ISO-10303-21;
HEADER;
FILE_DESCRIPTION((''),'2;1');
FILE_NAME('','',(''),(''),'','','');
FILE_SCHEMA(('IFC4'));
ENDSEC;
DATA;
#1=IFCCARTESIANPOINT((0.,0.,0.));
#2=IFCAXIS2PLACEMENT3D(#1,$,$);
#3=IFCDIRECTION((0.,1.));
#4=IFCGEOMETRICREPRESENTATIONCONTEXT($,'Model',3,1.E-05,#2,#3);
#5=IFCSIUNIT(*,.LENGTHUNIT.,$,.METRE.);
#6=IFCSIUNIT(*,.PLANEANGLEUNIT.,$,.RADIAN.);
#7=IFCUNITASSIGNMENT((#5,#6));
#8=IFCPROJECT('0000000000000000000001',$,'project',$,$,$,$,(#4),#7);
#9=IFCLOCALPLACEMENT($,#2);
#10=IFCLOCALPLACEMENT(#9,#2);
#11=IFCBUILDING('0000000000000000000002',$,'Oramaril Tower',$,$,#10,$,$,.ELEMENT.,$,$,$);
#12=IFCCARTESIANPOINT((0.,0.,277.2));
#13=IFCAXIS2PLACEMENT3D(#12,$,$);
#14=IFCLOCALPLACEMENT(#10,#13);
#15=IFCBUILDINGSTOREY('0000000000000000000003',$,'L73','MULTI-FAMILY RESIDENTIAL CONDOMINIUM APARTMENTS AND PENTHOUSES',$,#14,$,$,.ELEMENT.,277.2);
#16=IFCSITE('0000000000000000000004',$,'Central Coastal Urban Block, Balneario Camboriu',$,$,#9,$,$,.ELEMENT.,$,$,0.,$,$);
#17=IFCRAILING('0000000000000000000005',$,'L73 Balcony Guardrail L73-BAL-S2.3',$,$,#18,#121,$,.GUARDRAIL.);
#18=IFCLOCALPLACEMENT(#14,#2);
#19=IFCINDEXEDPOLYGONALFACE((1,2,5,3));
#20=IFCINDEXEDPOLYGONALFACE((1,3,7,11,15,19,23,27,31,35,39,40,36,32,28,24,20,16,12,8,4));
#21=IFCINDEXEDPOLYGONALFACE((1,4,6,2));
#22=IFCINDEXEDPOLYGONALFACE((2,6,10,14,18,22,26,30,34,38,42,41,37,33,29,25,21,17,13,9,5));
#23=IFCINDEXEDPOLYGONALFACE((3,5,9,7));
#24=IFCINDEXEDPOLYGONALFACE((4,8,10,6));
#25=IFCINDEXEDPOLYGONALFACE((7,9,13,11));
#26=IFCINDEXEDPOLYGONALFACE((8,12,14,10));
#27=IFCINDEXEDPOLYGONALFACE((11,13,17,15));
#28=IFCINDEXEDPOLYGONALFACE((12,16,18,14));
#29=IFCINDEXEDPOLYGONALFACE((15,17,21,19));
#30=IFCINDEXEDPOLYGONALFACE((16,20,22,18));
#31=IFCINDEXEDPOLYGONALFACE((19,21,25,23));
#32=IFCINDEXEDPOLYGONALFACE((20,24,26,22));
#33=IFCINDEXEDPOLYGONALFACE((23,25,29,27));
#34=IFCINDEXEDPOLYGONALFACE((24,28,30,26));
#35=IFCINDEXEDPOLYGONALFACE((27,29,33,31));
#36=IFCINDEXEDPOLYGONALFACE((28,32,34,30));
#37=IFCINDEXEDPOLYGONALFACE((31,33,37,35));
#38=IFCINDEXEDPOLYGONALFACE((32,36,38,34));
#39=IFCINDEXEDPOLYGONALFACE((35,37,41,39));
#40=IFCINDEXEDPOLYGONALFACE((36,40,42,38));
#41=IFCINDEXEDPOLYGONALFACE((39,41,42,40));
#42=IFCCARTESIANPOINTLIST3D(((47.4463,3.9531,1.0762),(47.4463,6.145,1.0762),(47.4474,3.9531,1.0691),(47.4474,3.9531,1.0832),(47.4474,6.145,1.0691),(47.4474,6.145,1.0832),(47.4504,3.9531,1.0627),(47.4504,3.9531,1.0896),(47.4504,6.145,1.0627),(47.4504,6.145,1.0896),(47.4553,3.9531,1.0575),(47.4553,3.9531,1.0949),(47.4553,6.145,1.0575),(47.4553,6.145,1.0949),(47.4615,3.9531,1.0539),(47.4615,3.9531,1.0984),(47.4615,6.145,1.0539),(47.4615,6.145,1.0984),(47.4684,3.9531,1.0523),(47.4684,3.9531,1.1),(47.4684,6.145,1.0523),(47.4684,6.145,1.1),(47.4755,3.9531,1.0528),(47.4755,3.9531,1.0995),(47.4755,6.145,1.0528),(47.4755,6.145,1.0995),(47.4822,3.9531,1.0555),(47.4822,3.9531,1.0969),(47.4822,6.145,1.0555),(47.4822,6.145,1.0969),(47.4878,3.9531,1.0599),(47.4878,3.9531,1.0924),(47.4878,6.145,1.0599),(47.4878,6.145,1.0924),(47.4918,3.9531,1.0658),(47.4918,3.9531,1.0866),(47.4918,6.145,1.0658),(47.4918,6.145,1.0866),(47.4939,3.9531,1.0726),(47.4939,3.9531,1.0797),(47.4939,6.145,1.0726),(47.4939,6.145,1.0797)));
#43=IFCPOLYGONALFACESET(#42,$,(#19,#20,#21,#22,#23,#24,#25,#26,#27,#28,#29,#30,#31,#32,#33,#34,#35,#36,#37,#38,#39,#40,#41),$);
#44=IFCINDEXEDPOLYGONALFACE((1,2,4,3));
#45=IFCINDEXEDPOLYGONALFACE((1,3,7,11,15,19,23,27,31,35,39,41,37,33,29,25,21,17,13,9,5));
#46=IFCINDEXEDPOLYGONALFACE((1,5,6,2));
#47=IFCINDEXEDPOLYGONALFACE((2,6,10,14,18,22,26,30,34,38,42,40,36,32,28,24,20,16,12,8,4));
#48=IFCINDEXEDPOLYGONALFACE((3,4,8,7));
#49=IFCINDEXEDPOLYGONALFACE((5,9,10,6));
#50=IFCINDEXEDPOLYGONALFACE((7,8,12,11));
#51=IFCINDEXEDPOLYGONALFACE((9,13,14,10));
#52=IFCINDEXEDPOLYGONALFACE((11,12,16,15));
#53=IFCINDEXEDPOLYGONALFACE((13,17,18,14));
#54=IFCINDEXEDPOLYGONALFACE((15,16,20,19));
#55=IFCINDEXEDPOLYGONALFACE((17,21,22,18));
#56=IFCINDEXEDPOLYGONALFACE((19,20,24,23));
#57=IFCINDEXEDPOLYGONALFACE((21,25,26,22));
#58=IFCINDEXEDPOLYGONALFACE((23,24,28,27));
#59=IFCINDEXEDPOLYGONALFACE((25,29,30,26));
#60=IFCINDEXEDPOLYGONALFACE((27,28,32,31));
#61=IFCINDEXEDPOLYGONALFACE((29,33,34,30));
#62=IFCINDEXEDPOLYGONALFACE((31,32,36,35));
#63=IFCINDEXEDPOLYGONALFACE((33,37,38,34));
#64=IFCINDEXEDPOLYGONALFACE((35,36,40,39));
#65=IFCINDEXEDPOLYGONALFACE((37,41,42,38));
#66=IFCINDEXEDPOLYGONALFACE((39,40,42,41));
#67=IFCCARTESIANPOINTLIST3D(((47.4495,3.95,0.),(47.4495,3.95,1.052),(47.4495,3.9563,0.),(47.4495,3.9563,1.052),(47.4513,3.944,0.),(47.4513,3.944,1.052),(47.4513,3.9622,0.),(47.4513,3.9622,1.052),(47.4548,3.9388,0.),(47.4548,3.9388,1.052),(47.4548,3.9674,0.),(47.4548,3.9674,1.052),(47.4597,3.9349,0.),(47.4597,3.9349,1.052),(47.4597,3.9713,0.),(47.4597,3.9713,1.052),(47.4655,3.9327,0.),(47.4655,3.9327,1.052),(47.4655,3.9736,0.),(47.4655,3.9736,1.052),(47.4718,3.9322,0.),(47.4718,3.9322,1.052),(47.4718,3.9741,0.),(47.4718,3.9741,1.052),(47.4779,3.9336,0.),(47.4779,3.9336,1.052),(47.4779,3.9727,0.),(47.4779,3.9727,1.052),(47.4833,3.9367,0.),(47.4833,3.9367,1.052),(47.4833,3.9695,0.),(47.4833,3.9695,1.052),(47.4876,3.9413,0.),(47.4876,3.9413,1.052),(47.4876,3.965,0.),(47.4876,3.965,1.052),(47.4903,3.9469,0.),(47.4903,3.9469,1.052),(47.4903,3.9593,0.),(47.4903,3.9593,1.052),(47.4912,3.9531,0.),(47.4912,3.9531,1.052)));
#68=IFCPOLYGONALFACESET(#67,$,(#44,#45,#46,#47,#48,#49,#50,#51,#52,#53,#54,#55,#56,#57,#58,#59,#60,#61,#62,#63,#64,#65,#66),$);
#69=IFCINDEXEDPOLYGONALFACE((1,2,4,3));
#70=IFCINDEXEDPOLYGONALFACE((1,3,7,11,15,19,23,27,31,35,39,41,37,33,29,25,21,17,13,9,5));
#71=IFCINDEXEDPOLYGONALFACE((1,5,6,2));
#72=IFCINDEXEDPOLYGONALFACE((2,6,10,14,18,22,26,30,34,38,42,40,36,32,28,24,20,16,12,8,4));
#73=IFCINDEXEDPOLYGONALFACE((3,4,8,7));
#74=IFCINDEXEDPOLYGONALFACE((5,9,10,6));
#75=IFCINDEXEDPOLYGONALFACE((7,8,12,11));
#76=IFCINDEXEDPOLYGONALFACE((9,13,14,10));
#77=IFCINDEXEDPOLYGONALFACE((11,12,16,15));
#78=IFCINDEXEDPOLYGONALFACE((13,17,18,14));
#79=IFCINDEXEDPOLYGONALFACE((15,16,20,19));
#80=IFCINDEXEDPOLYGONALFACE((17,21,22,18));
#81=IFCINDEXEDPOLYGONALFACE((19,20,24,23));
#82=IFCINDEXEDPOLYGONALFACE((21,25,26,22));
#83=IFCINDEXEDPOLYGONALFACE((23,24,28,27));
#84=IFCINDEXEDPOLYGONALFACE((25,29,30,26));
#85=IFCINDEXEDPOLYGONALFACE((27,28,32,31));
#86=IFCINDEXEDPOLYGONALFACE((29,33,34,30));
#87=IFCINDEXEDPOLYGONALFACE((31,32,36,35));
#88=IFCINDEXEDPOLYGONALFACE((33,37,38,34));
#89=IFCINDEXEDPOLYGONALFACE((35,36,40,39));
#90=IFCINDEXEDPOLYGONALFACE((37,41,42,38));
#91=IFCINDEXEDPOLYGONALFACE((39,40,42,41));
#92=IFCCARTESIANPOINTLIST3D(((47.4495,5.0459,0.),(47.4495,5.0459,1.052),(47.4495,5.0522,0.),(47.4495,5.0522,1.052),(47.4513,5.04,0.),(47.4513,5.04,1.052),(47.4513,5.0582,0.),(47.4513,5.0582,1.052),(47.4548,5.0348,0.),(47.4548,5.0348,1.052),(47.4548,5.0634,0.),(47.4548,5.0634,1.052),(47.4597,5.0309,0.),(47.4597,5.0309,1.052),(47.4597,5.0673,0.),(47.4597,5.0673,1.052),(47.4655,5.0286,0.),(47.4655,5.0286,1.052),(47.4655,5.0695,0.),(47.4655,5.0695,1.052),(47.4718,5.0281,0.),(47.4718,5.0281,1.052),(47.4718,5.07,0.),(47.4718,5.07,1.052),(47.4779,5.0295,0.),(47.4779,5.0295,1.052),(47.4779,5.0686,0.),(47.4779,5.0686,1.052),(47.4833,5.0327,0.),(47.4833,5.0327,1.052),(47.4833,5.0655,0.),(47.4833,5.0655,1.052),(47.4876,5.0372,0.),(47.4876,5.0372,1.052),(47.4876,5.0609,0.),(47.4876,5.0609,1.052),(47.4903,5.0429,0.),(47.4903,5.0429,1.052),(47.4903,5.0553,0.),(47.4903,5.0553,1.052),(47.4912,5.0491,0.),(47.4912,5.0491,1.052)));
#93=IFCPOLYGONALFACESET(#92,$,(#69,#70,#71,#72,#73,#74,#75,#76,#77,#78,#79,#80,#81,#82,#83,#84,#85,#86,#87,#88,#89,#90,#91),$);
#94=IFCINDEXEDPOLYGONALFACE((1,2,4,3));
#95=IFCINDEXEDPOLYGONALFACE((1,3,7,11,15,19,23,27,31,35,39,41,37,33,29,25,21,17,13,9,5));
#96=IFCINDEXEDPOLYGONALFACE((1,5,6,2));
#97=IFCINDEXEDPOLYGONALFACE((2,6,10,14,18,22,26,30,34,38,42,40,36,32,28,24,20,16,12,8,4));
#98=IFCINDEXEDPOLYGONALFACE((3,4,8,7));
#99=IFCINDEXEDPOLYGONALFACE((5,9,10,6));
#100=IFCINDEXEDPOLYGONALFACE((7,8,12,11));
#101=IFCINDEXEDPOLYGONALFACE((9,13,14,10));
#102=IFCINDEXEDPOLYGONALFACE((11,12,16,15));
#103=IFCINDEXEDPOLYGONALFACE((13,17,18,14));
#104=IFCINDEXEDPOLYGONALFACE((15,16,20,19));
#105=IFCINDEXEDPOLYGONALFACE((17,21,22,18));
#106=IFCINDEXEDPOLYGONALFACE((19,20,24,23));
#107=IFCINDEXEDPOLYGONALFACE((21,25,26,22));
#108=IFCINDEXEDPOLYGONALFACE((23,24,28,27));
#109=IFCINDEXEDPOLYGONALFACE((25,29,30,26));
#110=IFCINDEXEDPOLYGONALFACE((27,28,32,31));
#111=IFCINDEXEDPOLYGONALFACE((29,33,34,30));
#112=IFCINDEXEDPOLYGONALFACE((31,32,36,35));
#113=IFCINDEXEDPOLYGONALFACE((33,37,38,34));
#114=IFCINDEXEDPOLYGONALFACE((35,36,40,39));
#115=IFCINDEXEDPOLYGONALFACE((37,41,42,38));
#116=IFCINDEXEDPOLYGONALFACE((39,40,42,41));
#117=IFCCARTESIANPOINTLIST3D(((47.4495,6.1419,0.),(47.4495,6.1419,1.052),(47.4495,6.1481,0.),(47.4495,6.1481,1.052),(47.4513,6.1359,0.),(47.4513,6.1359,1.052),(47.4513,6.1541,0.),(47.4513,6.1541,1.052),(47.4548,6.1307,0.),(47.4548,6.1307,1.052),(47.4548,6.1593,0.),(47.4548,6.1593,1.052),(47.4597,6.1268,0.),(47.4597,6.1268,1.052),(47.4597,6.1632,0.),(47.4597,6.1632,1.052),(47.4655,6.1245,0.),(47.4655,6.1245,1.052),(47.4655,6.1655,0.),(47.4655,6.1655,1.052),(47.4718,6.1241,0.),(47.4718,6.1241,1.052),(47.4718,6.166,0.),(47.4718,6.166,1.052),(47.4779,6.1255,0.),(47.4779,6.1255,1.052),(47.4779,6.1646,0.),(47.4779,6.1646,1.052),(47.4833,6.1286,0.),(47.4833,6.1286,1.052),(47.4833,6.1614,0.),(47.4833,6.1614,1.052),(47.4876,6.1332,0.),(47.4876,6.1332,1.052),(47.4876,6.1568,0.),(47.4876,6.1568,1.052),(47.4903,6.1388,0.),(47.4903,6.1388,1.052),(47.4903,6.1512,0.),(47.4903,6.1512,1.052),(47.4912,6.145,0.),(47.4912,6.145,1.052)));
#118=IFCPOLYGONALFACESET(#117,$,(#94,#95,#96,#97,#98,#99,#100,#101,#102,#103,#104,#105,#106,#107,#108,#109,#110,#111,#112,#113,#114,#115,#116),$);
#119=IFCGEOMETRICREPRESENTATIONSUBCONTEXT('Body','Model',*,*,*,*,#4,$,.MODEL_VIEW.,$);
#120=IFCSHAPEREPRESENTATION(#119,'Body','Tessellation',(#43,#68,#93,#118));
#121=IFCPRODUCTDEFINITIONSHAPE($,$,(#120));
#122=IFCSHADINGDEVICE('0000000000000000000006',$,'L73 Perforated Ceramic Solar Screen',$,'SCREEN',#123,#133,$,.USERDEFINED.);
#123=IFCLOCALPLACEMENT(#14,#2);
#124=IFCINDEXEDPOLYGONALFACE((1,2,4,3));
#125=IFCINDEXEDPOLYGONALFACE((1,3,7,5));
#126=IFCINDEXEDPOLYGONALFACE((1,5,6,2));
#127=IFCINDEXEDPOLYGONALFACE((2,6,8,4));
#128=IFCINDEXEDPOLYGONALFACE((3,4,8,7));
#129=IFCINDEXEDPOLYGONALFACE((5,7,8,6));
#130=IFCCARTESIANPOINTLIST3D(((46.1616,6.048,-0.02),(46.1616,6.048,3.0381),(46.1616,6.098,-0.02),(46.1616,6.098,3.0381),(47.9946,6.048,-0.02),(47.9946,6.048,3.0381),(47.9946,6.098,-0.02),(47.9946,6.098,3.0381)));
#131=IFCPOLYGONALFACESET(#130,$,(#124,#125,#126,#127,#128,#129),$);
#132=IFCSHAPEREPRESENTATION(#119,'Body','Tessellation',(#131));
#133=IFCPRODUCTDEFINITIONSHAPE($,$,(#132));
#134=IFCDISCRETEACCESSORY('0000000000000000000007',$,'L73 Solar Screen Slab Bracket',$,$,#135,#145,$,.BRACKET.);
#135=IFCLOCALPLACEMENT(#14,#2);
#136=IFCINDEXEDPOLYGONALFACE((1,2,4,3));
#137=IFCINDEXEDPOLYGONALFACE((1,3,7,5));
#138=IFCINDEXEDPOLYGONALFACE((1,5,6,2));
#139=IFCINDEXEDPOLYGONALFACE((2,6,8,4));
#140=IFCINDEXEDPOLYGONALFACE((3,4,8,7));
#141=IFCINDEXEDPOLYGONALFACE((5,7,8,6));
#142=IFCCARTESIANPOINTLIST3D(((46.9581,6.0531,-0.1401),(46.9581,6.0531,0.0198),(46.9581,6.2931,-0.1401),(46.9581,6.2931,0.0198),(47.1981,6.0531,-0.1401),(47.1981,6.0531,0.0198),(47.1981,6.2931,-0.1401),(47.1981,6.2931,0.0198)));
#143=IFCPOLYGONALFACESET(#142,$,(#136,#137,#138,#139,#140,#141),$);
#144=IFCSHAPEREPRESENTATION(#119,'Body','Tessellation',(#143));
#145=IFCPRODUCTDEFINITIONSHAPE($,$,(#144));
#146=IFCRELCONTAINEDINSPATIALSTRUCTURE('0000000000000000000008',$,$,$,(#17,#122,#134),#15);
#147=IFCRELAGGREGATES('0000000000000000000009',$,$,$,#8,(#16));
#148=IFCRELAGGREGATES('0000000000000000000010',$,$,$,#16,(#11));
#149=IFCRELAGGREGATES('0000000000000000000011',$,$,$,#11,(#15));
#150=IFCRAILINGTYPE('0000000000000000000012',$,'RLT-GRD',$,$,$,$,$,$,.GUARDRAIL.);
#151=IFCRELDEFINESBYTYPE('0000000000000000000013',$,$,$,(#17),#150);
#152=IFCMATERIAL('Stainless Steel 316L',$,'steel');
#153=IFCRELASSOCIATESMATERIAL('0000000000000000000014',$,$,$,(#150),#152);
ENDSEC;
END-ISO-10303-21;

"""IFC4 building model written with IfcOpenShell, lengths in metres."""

from ifc_helpers import new_model, si_unit, direction, frame, origin, origin_2d, place, context, subcontext, project, spatial, rectangle, circle, extrude, material, type_object, element, save


model = new_model("IFC4")

# Units and contexts
model_context = context("Model", 3, precision=1e-05, world=origin(), true_north=direction((0.0, 1.0)))
body_context = subcontext(model_context, "Body", "Model", "MODEL_VIEW")
ifc_project = project(units=[si_unit("LENGTHUNIT", "METRE"), si_unit("PLANEANGLEUNIT", "RADIAN")], contexts=[model_context])

# Site, building, storey
site_placement = place(None, origin())
site = spatial("IfcSite", under=ifc_project, at=site_placement, Name="Central Coastal Urban Block, Balneario Camboriu", CompositionType="ELEMENT", RefElevation=0.0)
building_placement = place(site_placement, origin())
building = spatial("IfcBuilding", under=site, at=building_placement, Name="Oramaril Tower", CompositionType="ELEMENT")
storey_placement = place(building_placement, frame((0.0, 0.0, 277.2)))
storey = spatial("IfcBuildingStorey", under=building, at=storey_placement, Name="L73", Description="MULTI-FAMILY RESIDENTIAL CONDOMINIUM APARTMENTS AND PENTHOUSES", CompositionType="ELEMENT", Elevation=277.2)

# Railing
ifc_material_1 = material(Name="Stainless Steel 316L", Category="steel")
railing_type = type_object("IfcRailingType", Name="RLT-GRD", PredefinedType="GUARDRAIL", material=ifc_material_1)
railing_1_placement = place(storey_placement, frame((47.4702, 3.9531, 0.0)))
element("IfcRailing", 1, at=railing_1_placement, inside=storey, type_object=railing_type, Name="L73 Balcony Guardrail L73-BAL-S2.3", PredefinedType="GUARDRAIL", context=body_context, shape_type="SweptSolid", body=[
    extrude(circle(Radius=0.0239, at=origin_2d()), frame((0.0, 0.0, 1.0762), z_axis=(0.0, 1.0, 0.0), x_axis=(-1.0, 0.0, 0.0)), (0.0, 0.0, 1.0), 2.1919),
    extrude(circle(Radius=0.021, at=origin_2d()), origin(), (0.0, 0.0, 1.0), 1.052),
    extrude(circle(Radius=0.021, at=origin_2d()), frame((0.0, 1.0959, 0.0)), (0.0, 0.0, 1.0), 1.052),
    extrude(circle(Radius=0.021, at=origin_2d()), frame((0.0, 2.1919, 0.0)), (0.0, 0.0, 1.0), 1.052),
])

# Shading device
shading_device_placement = place(storey_placement, frame((47.0781, 6.073, -0.02), z_axis=(0.0, 0.0, 1.0), x_axis=(1.0, 0.0, 0.0)))
element("IfcShadingDevice", 2, at=shading_device_placement, inside=storey, Name="L73 Perforated Ceramic Solar Screen", ObjectType="SCREEN", PredefinedType="USERDEFINED", context=body_context, shape_type="SweptSolid", body=[
    extrude(rectangle(XDim=1.833, YDim=0.05, at=origin_2d()), origin(), (0.0, 0.0, 1.0), 3.0581),
])

# Discrete accessory
discrete_accessory_placement = place(storey_placement, frame((47.0781, 6.1731, -0.1401), z_axis=(0.0, 0.0, 1.0), x_axis=(1.0, 0.0, 0.0)))
element("IfcDiscreteAccessory", 3, at=discrete_accessory_placement, inside=storey, Name="L73 Solar Screen Slab Bracket", PredefinedType="BRACKET", context=body_context, shape_type="SweptSolid", body=[
    extrude(rectangle(XDim=0.24, YDim=0.24, at=origin_2d()), origin(), (0.0, 0.0, 1.0), 0.1599),
])

save(model, "model.ifc")
